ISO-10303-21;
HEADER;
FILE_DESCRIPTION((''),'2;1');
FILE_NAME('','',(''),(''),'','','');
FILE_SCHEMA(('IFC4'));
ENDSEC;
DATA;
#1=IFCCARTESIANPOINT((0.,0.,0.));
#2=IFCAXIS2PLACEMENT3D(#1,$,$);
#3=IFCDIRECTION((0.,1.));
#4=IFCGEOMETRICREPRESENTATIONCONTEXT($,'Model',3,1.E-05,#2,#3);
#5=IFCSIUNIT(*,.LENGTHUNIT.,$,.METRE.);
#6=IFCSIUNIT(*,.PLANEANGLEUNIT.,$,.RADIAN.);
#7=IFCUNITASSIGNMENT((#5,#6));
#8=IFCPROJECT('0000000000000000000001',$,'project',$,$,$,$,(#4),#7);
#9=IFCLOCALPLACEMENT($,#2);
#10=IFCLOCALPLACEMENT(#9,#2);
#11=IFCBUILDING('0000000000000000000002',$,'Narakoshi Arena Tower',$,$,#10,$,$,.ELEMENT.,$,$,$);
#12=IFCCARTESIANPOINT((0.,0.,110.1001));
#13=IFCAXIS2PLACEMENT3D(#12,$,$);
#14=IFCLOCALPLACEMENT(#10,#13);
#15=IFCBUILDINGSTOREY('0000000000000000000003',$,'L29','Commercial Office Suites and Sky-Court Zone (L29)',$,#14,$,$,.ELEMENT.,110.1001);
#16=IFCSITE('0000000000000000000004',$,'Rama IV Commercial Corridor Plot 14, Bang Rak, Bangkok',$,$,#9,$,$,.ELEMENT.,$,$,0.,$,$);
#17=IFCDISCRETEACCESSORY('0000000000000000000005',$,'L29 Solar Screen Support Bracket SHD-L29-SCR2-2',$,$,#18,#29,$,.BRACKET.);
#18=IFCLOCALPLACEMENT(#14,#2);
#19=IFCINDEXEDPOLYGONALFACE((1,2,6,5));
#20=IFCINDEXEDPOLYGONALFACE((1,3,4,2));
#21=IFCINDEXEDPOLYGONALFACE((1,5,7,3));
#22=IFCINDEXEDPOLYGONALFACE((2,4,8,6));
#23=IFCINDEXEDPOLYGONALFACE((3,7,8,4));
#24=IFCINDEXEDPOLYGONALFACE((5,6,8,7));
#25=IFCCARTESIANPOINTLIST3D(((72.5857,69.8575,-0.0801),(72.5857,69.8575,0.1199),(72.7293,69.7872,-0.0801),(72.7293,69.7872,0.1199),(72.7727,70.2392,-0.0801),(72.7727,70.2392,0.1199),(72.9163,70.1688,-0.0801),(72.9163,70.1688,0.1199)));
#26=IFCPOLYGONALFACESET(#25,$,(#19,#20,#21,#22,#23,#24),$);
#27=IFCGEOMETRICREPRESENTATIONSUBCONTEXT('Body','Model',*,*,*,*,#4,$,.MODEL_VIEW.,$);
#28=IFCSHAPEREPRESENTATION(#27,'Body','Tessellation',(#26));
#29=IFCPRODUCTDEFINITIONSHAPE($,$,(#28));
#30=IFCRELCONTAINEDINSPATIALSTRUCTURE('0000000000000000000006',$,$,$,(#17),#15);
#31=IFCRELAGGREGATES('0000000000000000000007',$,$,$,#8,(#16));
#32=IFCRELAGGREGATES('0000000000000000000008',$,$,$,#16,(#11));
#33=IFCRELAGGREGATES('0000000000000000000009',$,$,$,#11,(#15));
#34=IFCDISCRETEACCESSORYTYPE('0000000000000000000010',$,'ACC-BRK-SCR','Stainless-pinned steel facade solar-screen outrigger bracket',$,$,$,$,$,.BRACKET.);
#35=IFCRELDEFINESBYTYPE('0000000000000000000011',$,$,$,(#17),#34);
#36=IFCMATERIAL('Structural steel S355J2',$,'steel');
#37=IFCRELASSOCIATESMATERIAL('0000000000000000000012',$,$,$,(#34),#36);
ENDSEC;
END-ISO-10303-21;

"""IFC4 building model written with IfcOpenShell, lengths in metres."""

from ifc_helpers import new_model, si_unit, direction, frame, origin, origin_2d, place, context, subcontext, project, spatial, rectangle, extrude, material, type_object, element, save


model = new_model("IFC4")

# Units and contexts
model_context = context("Model", 3, precision=1e-05, world=origin(), true_north=direction((0.0, 1.0)))
body_context = subcontext(model_context, "Body", "Model", "MODEL_VIEW")
ifc_project = project(units=[si_unit("LENGTHUNIT", "METRE"), si_unit("PLANEANGLEUNIT", "RADIAN")], contexts=[model_context])

# Site, building, storey
site_placement = place(None, origin())
site = spatial("IfcSite", under=ifc_project, at=site_placement, Name="Rama IV Commercial Corridor Plot 14, Bang Rak, Bangkok", CompositionType="ELEMENT", RefElevation=0.0)
building_placement = place(site_placement, origin())
building = spatial("IfcBuilding", under=site, at=building_placement, Name="Narakoshi Arena Tower", CompositionType="ELEMENT")
storey_placement = place(building_placement, frame((0.0, 0.0, 110.1001)))
storey = spatial("IfcBuildingStorey", under=building, at=storey_placement, Name="L29", Description="Commercial Office Suites and Sky-Court Zone (L29)", CompositionType="ELEMENT", Elevation=110.1001)

# Shared definitions
ifc_material_1 = material(Name="Structural steel S355J2", Category="steel")

# Discrete accessory
discrete_accessory_type = type_object("IfcDiscreteAccessoryType", Name="ACC-BRK-SCR", Description="Stainless-pinned steel facade solar-screen outrigger bracket", PredefinedType="BRACKET", material=ifc_material_1)
discrete_accessory_placement = place(storey_placement, frame((72.751, 70.0132, -0.0801), z_axis=(0.0, 0.0, 1.0), x_axis=(-0.897997, 0.440002, 0.0)))
element("IfcDiscreteAccessory", 1, at=discrete_accessory_placement, inside=storey, type_object=discrete_accessory_type, Name="L29 Solar Screen Support Bracket SHD-L29-SCR2-2", PredefinedType="BRACKET", context=body_context, shape_type="SweptSolid", body=[
    extrude(rectangle(XDim=0.1599, YDim=0.425, at=origin_2d()), origin(), (0.0, 0.0, 1.0), 0.2),
])

save(model, "model.ifc")
